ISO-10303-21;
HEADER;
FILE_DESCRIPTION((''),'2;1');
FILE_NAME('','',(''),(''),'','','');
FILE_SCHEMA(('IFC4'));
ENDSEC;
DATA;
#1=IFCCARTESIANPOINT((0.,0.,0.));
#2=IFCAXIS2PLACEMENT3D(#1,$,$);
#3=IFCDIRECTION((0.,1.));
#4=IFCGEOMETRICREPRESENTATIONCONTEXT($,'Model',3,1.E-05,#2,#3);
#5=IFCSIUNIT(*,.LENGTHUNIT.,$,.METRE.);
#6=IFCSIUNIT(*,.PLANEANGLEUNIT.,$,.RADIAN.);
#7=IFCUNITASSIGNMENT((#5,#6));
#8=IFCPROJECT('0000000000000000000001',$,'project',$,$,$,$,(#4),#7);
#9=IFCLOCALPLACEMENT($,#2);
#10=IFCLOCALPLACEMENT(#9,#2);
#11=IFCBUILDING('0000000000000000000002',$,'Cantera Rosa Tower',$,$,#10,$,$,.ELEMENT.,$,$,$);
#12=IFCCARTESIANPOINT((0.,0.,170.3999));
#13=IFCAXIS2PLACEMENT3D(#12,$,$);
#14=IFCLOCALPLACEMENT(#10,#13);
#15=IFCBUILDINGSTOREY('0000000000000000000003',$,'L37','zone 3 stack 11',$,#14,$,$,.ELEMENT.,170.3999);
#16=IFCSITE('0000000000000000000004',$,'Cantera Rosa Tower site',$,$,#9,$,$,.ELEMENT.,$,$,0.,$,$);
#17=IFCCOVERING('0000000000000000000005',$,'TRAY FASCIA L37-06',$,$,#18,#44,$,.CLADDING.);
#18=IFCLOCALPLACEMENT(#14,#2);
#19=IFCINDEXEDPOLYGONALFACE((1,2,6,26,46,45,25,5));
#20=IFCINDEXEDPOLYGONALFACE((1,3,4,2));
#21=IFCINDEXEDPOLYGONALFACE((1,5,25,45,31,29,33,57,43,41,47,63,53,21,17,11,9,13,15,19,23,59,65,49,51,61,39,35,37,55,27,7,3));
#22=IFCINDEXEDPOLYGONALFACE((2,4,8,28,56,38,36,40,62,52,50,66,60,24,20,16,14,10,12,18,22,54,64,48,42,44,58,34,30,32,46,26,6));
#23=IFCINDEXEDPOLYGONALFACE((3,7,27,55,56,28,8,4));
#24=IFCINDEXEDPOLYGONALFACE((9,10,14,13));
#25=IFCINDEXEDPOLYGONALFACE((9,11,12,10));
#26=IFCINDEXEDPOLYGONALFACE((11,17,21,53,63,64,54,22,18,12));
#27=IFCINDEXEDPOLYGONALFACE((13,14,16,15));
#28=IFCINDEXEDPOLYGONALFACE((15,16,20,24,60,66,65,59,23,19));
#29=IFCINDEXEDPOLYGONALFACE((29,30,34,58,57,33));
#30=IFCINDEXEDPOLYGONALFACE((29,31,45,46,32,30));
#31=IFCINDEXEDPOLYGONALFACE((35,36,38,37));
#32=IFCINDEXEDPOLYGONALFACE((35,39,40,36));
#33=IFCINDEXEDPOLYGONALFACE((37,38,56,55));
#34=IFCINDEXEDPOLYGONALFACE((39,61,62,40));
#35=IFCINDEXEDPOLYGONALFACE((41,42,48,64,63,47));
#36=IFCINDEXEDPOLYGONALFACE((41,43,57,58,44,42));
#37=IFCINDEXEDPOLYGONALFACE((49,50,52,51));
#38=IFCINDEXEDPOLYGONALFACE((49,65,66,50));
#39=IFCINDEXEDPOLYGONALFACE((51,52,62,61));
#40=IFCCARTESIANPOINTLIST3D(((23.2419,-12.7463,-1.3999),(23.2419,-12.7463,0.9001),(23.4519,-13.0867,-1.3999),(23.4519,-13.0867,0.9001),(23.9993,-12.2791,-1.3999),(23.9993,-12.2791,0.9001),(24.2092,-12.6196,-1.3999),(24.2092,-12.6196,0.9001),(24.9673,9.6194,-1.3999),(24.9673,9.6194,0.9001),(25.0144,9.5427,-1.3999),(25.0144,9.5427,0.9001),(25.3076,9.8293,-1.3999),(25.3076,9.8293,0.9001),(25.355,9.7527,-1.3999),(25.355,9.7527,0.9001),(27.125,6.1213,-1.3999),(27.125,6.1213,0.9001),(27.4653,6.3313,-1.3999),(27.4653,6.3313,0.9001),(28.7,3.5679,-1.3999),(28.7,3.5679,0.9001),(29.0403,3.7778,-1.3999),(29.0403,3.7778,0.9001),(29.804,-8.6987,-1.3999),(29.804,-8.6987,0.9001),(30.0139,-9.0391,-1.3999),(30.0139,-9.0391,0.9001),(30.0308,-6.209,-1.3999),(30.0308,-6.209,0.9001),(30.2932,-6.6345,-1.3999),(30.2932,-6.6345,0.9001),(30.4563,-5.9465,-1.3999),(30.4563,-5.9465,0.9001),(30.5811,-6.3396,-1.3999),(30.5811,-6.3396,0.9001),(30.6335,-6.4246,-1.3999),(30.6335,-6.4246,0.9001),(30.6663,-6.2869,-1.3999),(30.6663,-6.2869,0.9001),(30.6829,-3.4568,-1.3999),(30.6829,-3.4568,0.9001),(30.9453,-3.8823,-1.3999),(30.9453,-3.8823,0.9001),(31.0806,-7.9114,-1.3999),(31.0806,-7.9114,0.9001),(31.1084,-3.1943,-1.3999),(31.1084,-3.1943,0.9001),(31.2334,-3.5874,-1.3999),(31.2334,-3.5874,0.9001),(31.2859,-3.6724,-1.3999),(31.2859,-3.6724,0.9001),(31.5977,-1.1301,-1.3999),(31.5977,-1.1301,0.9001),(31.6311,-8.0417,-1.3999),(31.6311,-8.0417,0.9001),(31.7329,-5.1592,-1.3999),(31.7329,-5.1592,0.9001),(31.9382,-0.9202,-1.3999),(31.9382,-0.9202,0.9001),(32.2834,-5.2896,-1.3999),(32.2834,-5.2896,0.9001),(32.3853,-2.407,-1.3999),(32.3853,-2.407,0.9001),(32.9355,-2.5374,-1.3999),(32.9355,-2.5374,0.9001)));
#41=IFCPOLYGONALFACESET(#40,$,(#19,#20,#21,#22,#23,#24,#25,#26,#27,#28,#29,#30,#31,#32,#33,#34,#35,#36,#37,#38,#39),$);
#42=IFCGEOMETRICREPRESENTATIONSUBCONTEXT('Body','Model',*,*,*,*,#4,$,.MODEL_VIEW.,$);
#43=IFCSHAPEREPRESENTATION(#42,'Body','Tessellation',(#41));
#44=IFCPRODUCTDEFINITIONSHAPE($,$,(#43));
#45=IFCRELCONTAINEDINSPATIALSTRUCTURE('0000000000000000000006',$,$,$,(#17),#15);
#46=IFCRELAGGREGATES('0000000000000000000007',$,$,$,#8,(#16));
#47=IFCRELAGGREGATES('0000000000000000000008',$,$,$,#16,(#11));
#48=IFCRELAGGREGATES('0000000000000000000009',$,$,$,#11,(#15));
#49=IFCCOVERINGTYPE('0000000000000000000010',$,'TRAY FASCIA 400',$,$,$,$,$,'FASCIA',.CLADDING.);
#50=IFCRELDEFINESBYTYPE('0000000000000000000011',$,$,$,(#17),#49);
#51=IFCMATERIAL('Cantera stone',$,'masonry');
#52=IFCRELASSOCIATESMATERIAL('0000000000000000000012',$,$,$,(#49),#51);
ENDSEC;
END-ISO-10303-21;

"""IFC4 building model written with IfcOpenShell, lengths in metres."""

from ifc_helpers import new_model, si_unit, direction, frame, origin, place, context, subcontext, project, spatial, polyline, outline, extrude, material, type_object, element, save


model = new_model("IFC4")

# Units and contexts
model_context = context("Model", 3, precision=1e-05, world=origin(), true_north=direction((0.0, 1.0)))
body_context = subcontext(model_context, "Body", "Model", "MODEL_VIEW")
ifc_project = project(units=[si_unit("LENGTHUNIT", "METRE"), si_unit("PLANEANGLEUNIT", "RADIAN")], contexts=[model_context])

# Site, building, storey
site_placement = place(None, origin())
site = spatial("IfcSite", under=ifc_project, at=site_placement, Name="Cantera Rosa Tower site", CompositionType="ELEMENT", RefElevation=0.0)
building_placement = place(site_placement, origin())
building = spatial("IfcBuilding", under=site, at=building_placement, Name="Cantera Rosa Tower", CompositionType="ELEMENT")
storey_placement = place(building_placement, frame((0.0, 0.0, 170.3999)))
storey = spatial("IfcBuildingStorey", under=building, at=storey_placement, Name="L37", Description="zone 3 stack 11", CompositionType="ELEMENT", Elevation=170.3999)

# Covering
ifc_material_1 = material(Name="Cantera stone", Category="masonry")
covering_type_1 = type_object("IfcCoveringType", Name="TRAY FASCIA 400", ElementType="FASCIA", PredefinedType="CLADDING", material=ifc_material_1)
covering_1_placement = place(storey_placement, frame((0.0, 0.0, -1.3999)))
element("IfcCovering", 1, at=covering_1_placement, inside=storey, type_object=covering_type_1, Name="TRAY FASCIA L37-06", PredefinedType="CLADDING", context=body_context, shape_type="SweptSolid", body=[
    extrude(outline(polyline([(25.355, 9.7527), (27.4653, 6.3313), (29.0403, 3.7778), (31.9382, -0.9202), (32.9355, -2.5374), (31.2334, -3.5874), (31.2859, -3.6724), (32.2834, -5.2896), (30.6663, -6.2869), (30.5811, -6.3396), (30.6335, -6.4246), (31.6311, -8.0417), (30.0139, -9.0391), (24.2092, -12.6196), (23.4519, -13.0867), (23.2419, -12.7463), (23.9993, -12.2791), (29.804, -8.6987), (31.0806, -7.9114), (30.2932, -6.6345), (30.0308, -6.209), (30.4563, -5.9465), (31.7329, -5.1592), (30.9453, -3.8823), (30.6829, -3.4568), (31.1084, -3.1943), (32.3853, -2.407), (31.5977, -1.1301), (28.7, 3.5679), (27.125, 6.1213), (25.0144, 9.5427), (24.9673, 9.6194), (25.3076, 9.8293), (25.355, 9.7527)])), origin(), (0.0, 0.0, 1.0), 2.3),
])

save(model, "model.ifc")
